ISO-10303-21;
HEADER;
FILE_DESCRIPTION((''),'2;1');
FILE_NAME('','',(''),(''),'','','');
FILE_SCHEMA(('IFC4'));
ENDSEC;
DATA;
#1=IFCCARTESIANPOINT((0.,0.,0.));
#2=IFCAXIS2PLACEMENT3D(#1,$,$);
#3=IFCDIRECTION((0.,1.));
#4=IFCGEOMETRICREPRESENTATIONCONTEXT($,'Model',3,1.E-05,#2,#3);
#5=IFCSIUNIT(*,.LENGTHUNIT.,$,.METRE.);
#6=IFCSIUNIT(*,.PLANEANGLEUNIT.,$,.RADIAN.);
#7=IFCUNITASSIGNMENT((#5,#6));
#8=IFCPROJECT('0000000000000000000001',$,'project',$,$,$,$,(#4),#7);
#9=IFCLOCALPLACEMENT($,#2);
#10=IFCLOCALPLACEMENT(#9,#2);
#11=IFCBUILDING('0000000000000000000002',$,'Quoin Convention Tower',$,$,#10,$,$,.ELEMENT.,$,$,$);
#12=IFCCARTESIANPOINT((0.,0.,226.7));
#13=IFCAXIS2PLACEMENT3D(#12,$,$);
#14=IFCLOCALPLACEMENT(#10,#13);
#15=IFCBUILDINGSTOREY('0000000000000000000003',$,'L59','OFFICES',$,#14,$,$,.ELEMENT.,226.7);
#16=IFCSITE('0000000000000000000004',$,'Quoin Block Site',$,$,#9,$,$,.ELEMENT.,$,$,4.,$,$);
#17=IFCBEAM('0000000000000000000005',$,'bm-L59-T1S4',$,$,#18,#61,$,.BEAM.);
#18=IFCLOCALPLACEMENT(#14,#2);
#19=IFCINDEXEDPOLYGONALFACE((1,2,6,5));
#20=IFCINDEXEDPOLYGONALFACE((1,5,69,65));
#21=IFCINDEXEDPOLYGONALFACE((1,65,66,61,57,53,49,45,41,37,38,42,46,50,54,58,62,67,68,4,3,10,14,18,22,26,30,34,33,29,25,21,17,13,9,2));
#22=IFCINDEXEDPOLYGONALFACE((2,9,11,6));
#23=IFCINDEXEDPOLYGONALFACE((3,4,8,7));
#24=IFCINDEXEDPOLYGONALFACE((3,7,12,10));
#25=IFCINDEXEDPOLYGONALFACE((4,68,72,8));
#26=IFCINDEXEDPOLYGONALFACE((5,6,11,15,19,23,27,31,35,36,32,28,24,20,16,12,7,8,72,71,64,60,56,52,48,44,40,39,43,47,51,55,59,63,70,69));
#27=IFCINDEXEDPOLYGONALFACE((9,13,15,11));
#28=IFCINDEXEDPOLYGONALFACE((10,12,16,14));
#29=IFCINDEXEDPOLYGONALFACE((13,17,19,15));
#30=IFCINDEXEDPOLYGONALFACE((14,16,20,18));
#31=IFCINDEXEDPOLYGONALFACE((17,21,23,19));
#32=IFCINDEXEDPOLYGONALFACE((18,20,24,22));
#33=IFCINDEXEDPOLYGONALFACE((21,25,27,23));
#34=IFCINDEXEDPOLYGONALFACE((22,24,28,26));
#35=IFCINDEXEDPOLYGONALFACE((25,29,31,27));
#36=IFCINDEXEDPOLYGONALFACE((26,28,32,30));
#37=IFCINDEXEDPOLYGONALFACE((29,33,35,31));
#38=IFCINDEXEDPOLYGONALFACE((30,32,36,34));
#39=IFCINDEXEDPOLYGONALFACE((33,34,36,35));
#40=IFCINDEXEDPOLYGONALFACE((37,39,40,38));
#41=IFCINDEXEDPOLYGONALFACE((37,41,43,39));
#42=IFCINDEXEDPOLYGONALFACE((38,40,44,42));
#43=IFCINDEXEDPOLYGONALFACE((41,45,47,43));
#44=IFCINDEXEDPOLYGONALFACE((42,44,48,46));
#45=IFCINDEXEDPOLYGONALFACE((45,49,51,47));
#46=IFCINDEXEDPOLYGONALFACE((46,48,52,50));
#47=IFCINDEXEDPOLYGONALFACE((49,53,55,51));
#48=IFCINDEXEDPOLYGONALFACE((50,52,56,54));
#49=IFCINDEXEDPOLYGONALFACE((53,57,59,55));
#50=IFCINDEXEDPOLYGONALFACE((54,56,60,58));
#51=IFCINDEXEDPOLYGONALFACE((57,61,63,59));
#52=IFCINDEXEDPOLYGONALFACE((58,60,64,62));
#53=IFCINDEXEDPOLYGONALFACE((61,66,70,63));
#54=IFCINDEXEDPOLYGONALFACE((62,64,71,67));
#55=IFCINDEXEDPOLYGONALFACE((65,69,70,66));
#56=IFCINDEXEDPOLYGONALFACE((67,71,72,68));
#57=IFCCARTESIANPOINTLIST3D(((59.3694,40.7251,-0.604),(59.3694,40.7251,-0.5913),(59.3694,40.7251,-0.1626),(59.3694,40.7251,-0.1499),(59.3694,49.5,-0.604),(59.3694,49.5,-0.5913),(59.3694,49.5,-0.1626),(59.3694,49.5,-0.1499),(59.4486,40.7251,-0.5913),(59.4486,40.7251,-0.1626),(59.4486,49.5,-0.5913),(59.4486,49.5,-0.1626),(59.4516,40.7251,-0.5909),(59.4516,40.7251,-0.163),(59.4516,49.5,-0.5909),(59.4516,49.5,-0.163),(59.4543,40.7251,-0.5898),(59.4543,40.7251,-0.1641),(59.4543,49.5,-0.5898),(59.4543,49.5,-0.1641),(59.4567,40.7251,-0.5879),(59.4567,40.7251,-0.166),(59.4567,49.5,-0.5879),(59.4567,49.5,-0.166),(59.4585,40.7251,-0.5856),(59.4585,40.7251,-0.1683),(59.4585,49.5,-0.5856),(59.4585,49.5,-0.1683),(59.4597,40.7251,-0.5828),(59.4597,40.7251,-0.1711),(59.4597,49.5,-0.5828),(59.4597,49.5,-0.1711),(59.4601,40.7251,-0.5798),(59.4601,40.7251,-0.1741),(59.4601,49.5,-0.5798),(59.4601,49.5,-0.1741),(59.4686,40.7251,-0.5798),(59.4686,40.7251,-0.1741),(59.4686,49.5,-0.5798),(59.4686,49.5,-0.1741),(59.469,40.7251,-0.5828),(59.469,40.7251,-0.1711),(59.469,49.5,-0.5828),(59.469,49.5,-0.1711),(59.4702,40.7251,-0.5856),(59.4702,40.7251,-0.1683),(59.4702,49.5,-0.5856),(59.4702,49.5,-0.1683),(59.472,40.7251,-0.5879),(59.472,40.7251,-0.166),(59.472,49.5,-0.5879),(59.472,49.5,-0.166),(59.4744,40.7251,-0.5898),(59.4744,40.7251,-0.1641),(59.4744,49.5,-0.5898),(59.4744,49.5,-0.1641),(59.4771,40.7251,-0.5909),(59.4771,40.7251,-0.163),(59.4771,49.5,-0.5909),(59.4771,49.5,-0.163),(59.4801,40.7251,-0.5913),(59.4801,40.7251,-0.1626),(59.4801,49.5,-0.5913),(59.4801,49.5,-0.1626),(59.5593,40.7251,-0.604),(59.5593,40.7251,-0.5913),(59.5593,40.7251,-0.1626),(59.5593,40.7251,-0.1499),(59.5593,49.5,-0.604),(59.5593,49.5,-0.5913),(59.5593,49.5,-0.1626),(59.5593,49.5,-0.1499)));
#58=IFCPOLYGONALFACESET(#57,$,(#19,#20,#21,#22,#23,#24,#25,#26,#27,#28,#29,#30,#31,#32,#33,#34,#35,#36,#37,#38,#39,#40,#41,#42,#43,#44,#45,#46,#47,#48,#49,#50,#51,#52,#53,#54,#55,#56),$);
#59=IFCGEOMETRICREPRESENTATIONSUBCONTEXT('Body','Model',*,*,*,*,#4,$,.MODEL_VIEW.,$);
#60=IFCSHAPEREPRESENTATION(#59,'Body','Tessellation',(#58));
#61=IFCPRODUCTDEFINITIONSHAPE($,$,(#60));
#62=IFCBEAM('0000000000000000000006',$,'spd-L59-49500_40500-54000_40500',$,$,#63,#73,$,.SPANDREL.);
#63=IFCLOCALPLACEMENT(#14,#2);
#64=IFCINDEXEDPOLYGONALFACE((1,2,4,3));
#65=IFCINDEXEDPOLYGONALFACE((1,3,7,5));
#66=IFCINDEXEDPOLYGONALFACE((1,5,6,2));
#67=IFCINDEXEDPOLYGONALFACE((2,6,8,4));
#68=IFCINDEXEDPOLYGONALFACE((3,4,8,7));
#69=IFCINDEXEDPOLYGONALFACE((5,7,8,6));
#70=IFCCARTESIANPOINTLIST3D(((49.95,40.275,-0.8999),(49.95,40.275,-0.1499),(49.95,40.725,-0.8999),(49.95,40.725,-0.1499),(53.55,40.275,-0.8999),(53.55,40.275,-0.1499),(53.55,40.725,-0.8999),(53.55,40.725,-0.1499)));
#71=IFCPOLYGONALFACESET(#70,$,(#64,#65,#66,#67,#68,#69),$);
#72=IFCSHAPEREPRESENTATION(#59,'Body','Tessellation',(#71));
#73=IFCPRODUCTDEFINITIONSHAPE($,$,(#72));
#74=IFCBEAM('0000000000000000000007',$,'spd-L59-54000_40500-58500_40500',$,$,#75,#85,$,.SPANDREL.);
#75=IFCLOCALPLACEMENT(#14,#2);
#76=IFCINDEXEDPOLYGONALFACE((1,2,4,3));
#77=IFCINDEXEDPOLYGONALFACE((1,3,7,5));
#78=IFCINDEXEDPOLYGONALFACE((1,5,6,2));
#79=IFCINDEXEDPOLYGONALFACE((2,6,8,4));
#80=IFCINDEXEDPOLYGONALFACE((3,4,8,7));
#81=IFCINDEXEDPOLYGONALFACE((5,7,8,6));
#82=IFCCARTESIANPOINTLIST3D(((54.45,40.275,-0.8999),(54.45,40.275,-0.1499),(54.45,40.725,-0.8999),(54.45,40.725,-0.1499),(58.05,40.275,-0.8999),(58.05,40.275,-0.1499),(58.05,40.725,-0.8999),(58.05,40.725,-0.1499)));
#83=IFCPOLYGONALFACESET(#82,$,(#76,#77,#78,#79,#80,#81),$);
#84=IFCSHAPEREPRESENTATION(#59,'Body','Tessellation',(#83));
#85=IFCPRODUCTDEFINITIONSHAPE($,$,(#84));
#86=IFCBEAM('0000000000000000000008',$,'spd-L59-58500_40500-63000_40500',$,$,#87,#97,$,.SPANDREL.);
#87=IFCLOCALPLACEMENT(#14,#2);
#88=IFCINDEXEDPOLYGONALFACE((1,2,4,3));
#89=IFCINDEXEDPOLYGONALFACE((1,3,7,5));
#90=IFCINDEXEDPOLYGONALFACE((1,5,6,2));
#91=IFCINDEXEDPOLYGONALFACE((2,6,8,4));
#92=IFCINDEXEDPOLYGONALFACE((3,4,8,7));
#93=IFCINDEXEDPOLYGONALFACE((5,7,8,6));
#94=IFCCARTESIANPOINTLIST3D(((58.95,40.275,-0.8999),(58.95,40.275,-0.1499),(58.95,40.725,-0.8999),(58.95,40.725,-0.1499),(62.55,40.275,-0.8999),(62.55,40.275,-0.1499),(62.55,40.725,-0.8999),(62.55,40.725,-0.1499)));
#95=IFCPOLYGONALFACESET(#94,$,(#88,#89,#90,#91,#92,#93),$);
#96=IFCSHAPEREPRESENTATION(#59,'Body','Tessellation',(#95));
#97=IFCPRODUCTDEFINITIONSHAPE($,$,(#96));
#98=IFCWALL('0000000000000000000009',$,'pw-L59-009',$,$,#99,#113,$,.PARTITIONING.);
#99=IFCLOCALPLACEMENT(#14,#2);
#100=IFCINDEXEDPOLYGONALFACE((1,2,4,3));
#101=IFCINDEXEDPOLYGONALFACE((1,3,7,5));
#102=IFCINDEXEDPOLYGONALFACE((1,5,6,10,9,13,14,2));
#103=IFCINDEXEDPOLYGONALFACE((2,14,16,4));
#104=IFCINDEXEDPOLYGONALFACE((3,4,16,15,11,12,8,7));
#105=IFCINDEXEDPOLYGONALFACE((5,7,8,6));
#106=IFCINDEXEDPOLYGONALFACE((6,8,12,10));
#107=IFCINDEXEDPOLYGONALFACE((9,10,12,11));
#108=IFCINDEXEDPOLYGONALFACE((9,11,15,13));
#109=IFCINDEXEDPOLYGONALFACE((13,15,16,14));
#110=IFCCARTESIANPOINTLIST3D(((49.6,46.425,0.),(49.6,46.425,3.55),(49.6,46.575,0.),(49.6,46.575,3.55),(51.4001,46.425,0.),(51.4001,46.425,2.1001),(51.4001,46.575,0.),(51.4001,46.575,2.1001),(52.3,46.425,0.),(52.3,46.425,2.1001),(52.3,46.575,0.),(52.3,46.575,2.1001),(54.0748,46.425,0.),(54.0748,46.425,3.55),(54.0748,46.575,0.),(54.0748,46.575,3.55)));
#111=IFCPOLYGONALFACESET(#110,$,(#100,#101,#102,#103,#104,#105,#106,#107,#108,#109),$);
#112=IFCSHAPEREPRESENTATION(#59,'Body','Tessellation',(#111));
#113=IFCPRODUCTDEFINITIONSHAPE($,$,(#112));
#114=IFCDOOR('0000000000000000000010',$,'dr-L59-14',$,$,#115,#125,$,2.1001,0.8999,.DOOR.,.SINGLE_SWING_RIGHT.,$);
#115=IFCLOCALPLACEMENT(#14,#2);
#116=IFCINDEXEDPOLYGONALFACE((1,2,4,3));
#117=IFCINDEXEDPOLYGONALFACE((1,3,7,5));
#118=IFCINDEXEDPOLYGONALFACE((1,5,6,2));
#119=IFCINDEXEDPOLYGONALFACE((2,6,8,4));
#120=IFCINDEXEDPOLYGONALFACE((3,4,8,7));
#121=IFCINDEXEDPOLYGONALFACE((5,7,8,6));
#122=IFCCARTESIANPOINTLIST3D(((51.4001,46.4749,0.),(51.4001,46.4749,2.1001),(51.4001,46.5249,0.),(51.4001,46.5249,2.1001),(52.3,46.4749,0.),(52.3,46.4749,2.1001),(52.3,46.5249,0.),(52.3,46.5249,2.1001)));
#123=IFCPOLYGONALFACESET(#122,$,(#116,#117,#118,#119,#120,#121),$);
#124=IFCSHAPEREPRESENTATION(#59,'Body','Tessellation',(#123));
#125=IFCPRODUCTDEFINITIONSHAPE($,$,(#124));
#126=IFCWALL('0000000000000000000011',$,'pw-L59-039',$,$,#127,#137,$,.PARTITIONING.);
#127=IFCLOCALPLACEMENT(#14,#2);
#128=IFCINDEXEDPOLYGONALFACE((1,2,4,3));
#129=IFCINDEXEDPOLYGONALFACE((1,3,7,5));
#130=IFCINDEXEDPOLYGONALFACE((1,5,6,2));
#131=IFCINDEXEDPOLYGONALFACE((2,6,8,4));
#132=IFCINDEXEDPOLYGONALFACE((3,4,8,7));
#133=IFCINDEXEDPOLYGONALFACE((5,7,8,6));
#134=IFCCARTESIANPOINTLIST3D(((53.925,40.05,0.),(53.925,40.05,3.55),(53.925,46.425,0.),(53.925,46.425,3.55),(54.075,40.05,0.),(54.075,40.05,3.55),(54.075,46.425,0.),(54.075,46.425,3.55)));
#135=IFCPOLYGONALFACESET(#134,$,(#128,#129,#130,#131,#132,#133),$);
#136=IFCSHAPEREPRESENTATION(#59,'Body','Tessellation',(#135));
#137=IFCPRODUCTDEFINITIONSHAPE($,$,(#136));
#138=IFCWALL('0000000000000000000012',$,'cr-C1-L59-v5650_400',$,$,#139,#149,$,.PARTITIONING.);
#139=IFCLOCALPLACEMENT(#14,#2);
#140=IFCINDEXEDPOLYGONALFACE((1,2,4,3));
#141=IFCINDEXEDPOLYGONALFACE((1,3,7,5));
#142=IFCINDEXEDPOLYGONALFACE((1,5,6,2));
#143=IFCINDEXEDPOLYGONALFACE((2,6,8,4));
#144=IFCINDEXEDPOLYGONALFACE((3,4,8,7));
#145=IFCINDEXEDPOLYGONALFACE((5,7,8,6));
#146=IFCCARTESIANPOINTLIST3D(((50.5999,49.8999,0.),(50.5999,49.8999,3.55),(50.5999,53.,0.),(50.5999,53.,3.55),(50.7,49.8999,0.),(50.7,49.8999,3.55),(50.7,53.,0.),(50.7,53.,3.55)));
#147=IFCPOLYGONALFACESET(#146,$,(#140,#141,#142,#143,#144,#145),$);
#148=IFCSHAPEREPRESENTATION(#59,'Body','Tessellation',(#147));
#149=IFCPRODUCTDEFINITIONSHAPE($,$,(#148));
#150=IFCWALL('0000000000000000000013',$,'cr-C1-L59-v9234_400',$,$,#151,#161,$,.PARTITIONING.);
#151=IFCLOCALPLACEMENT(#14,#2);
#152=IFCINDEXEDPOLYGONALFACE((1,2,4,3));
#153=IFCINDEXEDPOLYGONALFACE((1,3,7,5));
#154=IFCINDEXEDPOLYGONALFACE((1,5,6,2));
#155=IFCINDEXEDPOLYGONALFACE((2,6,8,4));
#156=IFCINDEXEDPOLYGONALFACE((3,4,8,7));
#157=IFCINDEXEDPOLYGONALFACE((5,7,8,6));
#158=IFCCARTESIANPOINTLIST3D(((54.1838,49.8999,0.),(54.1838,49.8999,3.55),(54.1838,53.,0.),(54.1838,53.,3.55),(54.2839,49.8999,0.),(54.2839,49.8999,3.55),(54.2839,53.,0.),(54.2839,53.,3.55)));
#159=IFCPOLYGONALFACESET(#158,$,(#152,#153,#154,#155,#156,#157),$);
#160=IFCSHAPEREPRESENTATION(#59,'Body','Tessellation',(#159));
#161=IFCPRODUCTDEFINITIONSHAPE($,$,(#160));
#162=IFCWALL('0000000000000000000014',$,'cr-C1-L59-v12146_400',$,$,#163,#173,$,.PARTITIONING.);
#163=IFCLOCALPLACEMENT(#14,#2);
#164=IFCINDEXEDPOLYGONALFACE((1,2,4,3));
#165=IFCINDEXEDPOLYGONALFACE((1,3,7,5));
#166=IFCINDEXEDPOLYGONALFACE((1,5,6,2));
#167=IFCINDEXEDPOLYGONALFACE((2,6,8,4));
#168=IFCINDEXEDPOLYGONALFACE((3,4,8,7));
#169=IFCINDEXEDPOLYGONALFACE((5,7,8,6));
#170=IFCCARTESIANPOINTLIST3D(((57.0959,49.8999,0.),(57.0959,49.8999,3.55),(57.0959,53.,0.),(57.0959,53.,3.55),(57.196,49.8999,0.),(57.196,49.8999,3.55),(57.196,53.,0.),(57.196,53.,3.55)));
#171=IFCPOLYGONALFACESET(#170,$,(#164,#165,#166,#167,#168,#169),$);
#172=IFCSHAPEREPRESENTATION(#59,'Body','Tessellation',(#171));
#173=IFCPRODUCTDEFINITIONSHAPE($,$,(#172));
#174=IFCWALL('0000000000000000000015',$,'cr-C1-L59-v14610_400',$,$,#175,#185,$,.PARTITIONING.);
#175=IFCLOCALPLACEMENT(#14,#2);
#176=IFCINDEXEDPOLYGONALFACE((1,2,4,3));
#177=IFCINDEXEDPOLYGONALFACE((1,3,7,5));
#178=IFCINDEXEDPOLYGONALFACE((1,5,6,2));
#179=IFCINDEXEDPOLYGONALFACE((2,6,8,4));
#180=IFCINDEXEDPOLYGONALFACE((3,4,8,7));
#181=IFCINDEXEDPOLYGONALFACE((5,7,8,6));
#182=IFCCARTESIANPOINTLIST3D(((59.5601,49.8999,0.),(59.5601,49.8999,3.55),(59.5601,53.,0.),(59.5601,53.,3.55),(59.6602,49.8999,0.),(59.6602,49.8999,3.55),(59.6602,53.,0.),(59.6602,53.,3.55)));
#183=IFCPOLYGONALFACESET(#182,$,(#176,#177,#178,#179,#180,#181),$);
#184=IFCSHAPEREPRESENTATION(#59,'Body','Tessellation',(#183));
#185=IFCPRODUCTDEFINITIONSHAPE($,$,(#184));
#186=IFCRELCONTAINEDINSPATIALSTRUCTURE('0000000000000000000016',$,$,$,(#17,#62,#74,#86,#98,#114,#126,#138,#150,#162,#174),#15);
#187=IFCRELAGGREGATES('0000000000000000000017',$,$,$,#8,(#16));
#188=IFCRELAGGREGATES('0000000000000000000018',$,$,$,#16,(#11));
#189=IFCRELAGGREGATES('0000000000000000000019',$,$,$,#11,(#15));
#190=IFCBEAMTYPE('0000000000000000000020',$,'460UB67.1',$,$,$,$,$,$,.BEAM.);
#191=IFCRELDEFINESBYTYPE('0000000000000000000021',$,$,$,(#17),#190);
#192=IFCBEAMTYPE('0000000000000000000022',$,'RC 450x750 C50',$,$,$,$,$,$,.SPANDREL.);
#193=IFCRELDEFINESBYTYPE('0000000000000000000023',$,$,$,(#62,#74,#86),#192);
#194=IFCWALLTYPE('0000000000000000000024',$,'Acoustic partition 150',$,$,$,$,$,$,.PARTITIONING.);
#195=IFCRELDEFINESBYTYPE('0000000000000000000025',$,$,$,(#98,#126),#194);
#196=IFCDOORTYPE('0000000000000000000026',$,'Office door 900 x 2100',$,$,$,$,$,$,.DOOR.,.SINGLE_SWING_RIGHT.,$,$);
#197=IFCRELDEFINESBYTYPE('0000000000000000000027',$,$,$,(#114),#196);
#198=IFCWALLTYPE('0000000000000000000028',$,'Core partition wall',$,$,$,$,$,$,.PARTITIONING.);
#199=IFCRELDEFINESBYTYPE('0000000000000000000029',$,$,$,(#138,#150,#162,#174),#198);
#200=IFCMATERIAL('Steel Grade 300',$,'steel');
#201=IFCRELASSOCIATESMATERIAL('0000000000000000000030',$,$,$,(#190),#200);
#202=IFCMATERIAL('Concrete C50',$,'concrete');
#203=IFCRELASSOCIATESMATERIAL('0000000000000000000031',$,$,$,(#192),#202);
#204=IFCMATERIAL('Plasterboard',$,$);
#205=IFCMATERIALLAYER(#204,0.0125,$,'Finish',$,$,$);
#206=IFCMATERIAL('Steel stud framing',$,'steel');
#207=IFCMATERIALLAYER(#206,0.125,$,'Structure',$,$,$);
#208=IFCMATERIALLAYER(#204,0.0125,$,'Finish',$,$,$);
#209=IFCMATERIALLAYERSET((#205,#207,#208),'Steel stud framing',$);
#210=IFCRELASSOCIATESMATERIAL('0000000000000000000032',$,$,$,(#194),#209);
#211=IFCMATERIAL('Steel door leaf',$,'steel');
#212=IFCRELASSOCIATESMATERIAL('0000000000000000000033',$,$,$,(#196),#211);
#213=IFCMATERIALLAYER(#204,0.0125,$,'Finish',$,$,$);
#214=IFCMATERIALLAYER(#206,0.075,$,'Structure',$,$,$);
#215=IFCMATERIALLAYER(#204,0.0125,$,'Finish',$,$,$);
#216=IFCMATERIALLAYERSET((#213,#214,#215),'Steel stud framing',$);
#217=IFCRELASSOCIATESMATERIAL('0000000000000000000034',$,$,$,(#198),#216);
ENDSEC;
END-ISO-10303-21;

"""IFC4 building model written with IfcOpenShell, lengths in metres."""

from ifc_helpers import new_model, si_unit, direction, frame, frame_2d, origin, origin_2d, place, context, subcontext, project, spatial, rectangle, i_section, extrude, material, layer, layer_set, material_profile, profile_set, type_object, element, fill, save


model = new_model("IFC4")

# Units and contexts
model_context = context("Model", 3, precision=1e-05, world=origin(), true_north=direction((0.0, 1.0)))
body_context = subcontext(model_context, "Body", "Model", "MODEL_VIEW")
ifc_project = project(units=[si_unit("LENGTHUNIT", "METRE"), si_unit("PLANEANGLEUNIT", "RADIAN")], contexts=[model_context])

# Site, building, storey
site_placement = place(None, origin())
site = spatial("IfcSite", under=ifc_project, at=site_placement, Name="Quoin Block Site", CompositionType="ELEMENT", RefElevation=4.0)
building_placement = place(site_placement, origin())
building = spatial("IfcBuilding", under=site, at=building_placement, Name="Quoin Convention Tower", CompositionType="ELEMENT")
storey_placement = place(building_placement, frame((0.0, 0.0, 226.7)))
storey = spatial("IfcBuildingStorey", under=building, at=storey_placement, Name="L59", Description="OFFICES", CompositionType="ELEMENT", Elevation=226.7)

# Shared definitions
ifc_material_1 = material(Name="Concrete C50", Category="concrete")

# Beams
ifc_material_2 = material(Name="Steel Grade 300", Category="steel")
ifc_material_profile_1 = material_profile(ifc_material_2, i_section(OverallWidth=0.1899, OverallDepth=0.4541, WebThickness=0.0085, FlangeThickness=0.0127, FilletRadius=0.0115, at=origin_2d()), Name="460UB67.1")
ifc_profile_set_1 = profile_set([ifc_material_profile_1], Name="Steel Grade 300")
beam_type_1 = type_object("IfcBeamType", Name="460UB67.1", PredefinedType="BEAM", material=ifc_profile_set_1)
for number, where, z_axis, x_axis, name in (
    (1, (59.4644, 40.7251, -0.377), (0.0, 1.0, 0.0), (-1.0, 0.0, 0.0), "bm-L59-T1S4"),
):
    element("IfcBeam", number, at=place(storey_placement, frame(where, z_axis=z_axis, x_axis=x_axis)), inside=storey, type_object=beam_type_1, Name=name, PredefinedType="BEAM", context=body_context, shape_type="SweptSolid", body=[
        extrude(i_section(OverallWidth=0.1899, OverallDepth=0.4541, WebThickness=0.0085, FlangeThickness=0.0127, FilletRadius=0.0115, at=origin_2d()), origin(), (0.0, 0.0, 1.0), 8.7749),
    ])
ifc_material_profile_2 = material_profile(ifc_material_1, rectangle(XDim=0.45, YDim=0.75, at=origin_2d()), Name="RC 450x750")
ifc_profile_set_2 = profile_set([ifc_material_profile_2], Name="Concrete C50")
beam_type_2 = type_object("IfcBeamType", Name="RC 450x750 C50", PredefinedType="SPANDREL", material=ifc_profile_set_2)
for number, where, z_axis, x_axis, name in (
    (2, (49.95, 40.5, -0.5249), (1.0, 0.0, 0.0), (0.0, 1.0, 0.0), "spd-L59-49500_40500-54000_40500"),
    (3, (54.45, 40.5, -0.5249), (1.0, 0.0, 0.0), (0.0, 1.0, 0.0), "spd-L59-54000_40500-58500_40500"),
    (4, (58.95, 40.5, -0.5249), (1.0, 0.0, 0.0), (0.0, 1.0, 0.0), "spd-L59-58500_40500-63000_40500"),
):
    element("IfcBeam", number, at=place(storey_placement, frame(where, z_axis=z_axis, x_axis=x_axis)), inside=storey, type_object=beam_type_2, Name=name, PredefinedType="SPANDREL", context=body_context, shape_type="SweptSolid", body=[
        extrude(rectangle(XDim=0.45, YDim=0.75, at=origin_2d()), origin(), (0.0, 0.0, 1.0), 3.6001),
    ])

# Wall, opening, door
ifc_material_3 = material(Name="Plasterboard")
ifc_layer_1 = layer(ifc_material_3, 0.0125, Name="Finish")
ifc_material_4 = material(Name="Steel stud framing", Category="steel")
ifc_layer_2 = layer(ifc_material_4, 0.125, Name="Structure")
ifc_layer_3 = layer(ifc_material_3, 0.0125, Name="Finish")
ifc_layer_set_1 = layer_set([ifc_layer_1, ifc_layer_2, ifc_layer_3], Name="Steel stud framing")
wall_type_1 = type_object("IfcWallType", Name="Acoustic partition 150", PredefinedType="PARTITIONING", material=ifc_layer_set_1)
wall_1_placement = place(storey_placement, frame((49.6001, 46.5, 0.0), z_axis=(0.0, 0.0, 1.0), x_axis=(1.0, 0.0, 0.0)))
wall_1 = element("IfcWall", 5, at=wall_1_placement, inside=storey, type_object=wall_type_1, Name="pw-L59-009", PredefinedType="PARTITIONING", context=body_context, shape_type="SweptSolid", body=[
    extrude(rectangle(XDim=4.4749, YDim=0.1499, at=frame_2d((2.2373, 0.0))), origin(), (0.0, 0.0, 1.0), 3.55),
])
opening_1_placement = place(wall_1_placement, frame((1.8, 0.0, 0.0)))
opening_1 = element("IfcOpeningElement", 6, at=opening_1_placement, cuts=wall_1, PredefinedType="OPENING", context=body_context, shape_type="SweptSolid", body=[
    extrude(rectangle(XDim=0.8999, YDim=2.1001, at=frame_2d((0.45, 1.05))), frame((0.0, 0.085, 0.0), z_axis=(0.0, -1.0, 0.0), x_axis=(1.0, 0.0, 0.0)), (0.0, 0.0, 1.0), 0.1699),
])
ifc_material_5 = material(Name="Steel door leaf", Category="steel")
door_type_1 = type_object("IfcDoorType", Name="Office door 900 x 2100", OperationType="SINGLE_SWING_RIGHT", PredefinedType="DOOR", material=ifc_material_5)
door_1_placement = place(opening_1_placement, origin())
door_1 = element("IfcDoor", 7, at=door_1_placement, inside=storey, type_object=door_type_1, Name="dr-L59-14", OperationType="SINGLE_SWING_RIGHT", OverallHeight=2.1001, OverallWidth=0.8999, PredefinedType="DOOR", context=body_context, shape_type="SweptSolid", body=[
    extrude(rectangle(XDim=0.8999, YDim=2.1001, at=frame_2d((0.45, 1.05))), frame((0.0, 0.0249, 0.0), z_axis=(0.0, -1.0, 0.0), x_axis=(1.0, 0.0, 0.0)), (0.0, 0.0, 1.0), 0.05),
])
fill(opening_1, door_1)

# Walls
wall_2_placement = place(storey_placement, frame((54.0, 40.05, 0.0), z_axis=(0.0, 0.0, 1.0), x_axis=(0.0, 1.0, 0.0)))
element("IfcWall", 8, at=wall_2_placement, inside=storey, type_object=wall_type_1, Name="pw-L59-039", PredefinedType="PARTITIONING", context=body_context, shape_type="SweptSolid", body=[
    extrude(rectangle(XDim=6.375, YDim=0.1499, at=frame_2d((3.1875, 0.0))), origin(), (0.0, 0.0, 1.0), 3.55),
])
ifc_layer_4 = layer(ifc_material_3, 0.0125, Name="Finish")
ifc_layer_5 = layer(ifc_material_4, 0.075, Name="Structure")
ifc_layer_6 = layer(ifc_material_3, 0.0125, Name="Finish")
ifc_layer_set_2 = layer_set([ifc_layer_4, ifc_layer_5, ifc_layer_6], Name="Steel stud framing")
wall_type_2 = type_object("IfcWallType", Name="Core partition wall", PredefinedType="PARTITIONING", material=ifc_layer_set_2)
for number, where, z_axis, x_axis, name in (
    (9, (50.6499, 49.8999, 0.0), (0.0, 0.0, 1.0), (0.0, 1.0, 0.0), "cr-C1-L59-v5650_400"),
    (10, (54.2339, 49.8999, 0.0), (0.0, 0.0, 1.0), (0.0, 1.0, 0.0), "cr-C1-L59-v9234_400"),
    (11, (57.146, 49.8999, 0.0), (0.0, 0.0, 1.0), (0.0, 1.0, 0.0), "cr-C1-L59-v12146_400"),
    (12, (59.6101, 49.8999, 0.0), (0.0, 0.0, 1.0), (0.0, 1.0, 0.0), "cr-C1-L59-v14610_400"),
):
    element("IfcWall", number, at=place(storey_placement, frame(where, z_axis=z_axis, x_axis=x_axis)), inside=storey, type_object=wall_type_2, Name=name, PredefinedType="PARTITIONING", context=body_context, shape_type="SweptSolid", body=[
        extrude(rectangle(XDim=3.1001, YDim=0.1001, at=frame_2d((1.55, 0.0))), origin(), (0.0, 0.0, 1.0), 3.55),
    ])

save(model, "model.ifc")
